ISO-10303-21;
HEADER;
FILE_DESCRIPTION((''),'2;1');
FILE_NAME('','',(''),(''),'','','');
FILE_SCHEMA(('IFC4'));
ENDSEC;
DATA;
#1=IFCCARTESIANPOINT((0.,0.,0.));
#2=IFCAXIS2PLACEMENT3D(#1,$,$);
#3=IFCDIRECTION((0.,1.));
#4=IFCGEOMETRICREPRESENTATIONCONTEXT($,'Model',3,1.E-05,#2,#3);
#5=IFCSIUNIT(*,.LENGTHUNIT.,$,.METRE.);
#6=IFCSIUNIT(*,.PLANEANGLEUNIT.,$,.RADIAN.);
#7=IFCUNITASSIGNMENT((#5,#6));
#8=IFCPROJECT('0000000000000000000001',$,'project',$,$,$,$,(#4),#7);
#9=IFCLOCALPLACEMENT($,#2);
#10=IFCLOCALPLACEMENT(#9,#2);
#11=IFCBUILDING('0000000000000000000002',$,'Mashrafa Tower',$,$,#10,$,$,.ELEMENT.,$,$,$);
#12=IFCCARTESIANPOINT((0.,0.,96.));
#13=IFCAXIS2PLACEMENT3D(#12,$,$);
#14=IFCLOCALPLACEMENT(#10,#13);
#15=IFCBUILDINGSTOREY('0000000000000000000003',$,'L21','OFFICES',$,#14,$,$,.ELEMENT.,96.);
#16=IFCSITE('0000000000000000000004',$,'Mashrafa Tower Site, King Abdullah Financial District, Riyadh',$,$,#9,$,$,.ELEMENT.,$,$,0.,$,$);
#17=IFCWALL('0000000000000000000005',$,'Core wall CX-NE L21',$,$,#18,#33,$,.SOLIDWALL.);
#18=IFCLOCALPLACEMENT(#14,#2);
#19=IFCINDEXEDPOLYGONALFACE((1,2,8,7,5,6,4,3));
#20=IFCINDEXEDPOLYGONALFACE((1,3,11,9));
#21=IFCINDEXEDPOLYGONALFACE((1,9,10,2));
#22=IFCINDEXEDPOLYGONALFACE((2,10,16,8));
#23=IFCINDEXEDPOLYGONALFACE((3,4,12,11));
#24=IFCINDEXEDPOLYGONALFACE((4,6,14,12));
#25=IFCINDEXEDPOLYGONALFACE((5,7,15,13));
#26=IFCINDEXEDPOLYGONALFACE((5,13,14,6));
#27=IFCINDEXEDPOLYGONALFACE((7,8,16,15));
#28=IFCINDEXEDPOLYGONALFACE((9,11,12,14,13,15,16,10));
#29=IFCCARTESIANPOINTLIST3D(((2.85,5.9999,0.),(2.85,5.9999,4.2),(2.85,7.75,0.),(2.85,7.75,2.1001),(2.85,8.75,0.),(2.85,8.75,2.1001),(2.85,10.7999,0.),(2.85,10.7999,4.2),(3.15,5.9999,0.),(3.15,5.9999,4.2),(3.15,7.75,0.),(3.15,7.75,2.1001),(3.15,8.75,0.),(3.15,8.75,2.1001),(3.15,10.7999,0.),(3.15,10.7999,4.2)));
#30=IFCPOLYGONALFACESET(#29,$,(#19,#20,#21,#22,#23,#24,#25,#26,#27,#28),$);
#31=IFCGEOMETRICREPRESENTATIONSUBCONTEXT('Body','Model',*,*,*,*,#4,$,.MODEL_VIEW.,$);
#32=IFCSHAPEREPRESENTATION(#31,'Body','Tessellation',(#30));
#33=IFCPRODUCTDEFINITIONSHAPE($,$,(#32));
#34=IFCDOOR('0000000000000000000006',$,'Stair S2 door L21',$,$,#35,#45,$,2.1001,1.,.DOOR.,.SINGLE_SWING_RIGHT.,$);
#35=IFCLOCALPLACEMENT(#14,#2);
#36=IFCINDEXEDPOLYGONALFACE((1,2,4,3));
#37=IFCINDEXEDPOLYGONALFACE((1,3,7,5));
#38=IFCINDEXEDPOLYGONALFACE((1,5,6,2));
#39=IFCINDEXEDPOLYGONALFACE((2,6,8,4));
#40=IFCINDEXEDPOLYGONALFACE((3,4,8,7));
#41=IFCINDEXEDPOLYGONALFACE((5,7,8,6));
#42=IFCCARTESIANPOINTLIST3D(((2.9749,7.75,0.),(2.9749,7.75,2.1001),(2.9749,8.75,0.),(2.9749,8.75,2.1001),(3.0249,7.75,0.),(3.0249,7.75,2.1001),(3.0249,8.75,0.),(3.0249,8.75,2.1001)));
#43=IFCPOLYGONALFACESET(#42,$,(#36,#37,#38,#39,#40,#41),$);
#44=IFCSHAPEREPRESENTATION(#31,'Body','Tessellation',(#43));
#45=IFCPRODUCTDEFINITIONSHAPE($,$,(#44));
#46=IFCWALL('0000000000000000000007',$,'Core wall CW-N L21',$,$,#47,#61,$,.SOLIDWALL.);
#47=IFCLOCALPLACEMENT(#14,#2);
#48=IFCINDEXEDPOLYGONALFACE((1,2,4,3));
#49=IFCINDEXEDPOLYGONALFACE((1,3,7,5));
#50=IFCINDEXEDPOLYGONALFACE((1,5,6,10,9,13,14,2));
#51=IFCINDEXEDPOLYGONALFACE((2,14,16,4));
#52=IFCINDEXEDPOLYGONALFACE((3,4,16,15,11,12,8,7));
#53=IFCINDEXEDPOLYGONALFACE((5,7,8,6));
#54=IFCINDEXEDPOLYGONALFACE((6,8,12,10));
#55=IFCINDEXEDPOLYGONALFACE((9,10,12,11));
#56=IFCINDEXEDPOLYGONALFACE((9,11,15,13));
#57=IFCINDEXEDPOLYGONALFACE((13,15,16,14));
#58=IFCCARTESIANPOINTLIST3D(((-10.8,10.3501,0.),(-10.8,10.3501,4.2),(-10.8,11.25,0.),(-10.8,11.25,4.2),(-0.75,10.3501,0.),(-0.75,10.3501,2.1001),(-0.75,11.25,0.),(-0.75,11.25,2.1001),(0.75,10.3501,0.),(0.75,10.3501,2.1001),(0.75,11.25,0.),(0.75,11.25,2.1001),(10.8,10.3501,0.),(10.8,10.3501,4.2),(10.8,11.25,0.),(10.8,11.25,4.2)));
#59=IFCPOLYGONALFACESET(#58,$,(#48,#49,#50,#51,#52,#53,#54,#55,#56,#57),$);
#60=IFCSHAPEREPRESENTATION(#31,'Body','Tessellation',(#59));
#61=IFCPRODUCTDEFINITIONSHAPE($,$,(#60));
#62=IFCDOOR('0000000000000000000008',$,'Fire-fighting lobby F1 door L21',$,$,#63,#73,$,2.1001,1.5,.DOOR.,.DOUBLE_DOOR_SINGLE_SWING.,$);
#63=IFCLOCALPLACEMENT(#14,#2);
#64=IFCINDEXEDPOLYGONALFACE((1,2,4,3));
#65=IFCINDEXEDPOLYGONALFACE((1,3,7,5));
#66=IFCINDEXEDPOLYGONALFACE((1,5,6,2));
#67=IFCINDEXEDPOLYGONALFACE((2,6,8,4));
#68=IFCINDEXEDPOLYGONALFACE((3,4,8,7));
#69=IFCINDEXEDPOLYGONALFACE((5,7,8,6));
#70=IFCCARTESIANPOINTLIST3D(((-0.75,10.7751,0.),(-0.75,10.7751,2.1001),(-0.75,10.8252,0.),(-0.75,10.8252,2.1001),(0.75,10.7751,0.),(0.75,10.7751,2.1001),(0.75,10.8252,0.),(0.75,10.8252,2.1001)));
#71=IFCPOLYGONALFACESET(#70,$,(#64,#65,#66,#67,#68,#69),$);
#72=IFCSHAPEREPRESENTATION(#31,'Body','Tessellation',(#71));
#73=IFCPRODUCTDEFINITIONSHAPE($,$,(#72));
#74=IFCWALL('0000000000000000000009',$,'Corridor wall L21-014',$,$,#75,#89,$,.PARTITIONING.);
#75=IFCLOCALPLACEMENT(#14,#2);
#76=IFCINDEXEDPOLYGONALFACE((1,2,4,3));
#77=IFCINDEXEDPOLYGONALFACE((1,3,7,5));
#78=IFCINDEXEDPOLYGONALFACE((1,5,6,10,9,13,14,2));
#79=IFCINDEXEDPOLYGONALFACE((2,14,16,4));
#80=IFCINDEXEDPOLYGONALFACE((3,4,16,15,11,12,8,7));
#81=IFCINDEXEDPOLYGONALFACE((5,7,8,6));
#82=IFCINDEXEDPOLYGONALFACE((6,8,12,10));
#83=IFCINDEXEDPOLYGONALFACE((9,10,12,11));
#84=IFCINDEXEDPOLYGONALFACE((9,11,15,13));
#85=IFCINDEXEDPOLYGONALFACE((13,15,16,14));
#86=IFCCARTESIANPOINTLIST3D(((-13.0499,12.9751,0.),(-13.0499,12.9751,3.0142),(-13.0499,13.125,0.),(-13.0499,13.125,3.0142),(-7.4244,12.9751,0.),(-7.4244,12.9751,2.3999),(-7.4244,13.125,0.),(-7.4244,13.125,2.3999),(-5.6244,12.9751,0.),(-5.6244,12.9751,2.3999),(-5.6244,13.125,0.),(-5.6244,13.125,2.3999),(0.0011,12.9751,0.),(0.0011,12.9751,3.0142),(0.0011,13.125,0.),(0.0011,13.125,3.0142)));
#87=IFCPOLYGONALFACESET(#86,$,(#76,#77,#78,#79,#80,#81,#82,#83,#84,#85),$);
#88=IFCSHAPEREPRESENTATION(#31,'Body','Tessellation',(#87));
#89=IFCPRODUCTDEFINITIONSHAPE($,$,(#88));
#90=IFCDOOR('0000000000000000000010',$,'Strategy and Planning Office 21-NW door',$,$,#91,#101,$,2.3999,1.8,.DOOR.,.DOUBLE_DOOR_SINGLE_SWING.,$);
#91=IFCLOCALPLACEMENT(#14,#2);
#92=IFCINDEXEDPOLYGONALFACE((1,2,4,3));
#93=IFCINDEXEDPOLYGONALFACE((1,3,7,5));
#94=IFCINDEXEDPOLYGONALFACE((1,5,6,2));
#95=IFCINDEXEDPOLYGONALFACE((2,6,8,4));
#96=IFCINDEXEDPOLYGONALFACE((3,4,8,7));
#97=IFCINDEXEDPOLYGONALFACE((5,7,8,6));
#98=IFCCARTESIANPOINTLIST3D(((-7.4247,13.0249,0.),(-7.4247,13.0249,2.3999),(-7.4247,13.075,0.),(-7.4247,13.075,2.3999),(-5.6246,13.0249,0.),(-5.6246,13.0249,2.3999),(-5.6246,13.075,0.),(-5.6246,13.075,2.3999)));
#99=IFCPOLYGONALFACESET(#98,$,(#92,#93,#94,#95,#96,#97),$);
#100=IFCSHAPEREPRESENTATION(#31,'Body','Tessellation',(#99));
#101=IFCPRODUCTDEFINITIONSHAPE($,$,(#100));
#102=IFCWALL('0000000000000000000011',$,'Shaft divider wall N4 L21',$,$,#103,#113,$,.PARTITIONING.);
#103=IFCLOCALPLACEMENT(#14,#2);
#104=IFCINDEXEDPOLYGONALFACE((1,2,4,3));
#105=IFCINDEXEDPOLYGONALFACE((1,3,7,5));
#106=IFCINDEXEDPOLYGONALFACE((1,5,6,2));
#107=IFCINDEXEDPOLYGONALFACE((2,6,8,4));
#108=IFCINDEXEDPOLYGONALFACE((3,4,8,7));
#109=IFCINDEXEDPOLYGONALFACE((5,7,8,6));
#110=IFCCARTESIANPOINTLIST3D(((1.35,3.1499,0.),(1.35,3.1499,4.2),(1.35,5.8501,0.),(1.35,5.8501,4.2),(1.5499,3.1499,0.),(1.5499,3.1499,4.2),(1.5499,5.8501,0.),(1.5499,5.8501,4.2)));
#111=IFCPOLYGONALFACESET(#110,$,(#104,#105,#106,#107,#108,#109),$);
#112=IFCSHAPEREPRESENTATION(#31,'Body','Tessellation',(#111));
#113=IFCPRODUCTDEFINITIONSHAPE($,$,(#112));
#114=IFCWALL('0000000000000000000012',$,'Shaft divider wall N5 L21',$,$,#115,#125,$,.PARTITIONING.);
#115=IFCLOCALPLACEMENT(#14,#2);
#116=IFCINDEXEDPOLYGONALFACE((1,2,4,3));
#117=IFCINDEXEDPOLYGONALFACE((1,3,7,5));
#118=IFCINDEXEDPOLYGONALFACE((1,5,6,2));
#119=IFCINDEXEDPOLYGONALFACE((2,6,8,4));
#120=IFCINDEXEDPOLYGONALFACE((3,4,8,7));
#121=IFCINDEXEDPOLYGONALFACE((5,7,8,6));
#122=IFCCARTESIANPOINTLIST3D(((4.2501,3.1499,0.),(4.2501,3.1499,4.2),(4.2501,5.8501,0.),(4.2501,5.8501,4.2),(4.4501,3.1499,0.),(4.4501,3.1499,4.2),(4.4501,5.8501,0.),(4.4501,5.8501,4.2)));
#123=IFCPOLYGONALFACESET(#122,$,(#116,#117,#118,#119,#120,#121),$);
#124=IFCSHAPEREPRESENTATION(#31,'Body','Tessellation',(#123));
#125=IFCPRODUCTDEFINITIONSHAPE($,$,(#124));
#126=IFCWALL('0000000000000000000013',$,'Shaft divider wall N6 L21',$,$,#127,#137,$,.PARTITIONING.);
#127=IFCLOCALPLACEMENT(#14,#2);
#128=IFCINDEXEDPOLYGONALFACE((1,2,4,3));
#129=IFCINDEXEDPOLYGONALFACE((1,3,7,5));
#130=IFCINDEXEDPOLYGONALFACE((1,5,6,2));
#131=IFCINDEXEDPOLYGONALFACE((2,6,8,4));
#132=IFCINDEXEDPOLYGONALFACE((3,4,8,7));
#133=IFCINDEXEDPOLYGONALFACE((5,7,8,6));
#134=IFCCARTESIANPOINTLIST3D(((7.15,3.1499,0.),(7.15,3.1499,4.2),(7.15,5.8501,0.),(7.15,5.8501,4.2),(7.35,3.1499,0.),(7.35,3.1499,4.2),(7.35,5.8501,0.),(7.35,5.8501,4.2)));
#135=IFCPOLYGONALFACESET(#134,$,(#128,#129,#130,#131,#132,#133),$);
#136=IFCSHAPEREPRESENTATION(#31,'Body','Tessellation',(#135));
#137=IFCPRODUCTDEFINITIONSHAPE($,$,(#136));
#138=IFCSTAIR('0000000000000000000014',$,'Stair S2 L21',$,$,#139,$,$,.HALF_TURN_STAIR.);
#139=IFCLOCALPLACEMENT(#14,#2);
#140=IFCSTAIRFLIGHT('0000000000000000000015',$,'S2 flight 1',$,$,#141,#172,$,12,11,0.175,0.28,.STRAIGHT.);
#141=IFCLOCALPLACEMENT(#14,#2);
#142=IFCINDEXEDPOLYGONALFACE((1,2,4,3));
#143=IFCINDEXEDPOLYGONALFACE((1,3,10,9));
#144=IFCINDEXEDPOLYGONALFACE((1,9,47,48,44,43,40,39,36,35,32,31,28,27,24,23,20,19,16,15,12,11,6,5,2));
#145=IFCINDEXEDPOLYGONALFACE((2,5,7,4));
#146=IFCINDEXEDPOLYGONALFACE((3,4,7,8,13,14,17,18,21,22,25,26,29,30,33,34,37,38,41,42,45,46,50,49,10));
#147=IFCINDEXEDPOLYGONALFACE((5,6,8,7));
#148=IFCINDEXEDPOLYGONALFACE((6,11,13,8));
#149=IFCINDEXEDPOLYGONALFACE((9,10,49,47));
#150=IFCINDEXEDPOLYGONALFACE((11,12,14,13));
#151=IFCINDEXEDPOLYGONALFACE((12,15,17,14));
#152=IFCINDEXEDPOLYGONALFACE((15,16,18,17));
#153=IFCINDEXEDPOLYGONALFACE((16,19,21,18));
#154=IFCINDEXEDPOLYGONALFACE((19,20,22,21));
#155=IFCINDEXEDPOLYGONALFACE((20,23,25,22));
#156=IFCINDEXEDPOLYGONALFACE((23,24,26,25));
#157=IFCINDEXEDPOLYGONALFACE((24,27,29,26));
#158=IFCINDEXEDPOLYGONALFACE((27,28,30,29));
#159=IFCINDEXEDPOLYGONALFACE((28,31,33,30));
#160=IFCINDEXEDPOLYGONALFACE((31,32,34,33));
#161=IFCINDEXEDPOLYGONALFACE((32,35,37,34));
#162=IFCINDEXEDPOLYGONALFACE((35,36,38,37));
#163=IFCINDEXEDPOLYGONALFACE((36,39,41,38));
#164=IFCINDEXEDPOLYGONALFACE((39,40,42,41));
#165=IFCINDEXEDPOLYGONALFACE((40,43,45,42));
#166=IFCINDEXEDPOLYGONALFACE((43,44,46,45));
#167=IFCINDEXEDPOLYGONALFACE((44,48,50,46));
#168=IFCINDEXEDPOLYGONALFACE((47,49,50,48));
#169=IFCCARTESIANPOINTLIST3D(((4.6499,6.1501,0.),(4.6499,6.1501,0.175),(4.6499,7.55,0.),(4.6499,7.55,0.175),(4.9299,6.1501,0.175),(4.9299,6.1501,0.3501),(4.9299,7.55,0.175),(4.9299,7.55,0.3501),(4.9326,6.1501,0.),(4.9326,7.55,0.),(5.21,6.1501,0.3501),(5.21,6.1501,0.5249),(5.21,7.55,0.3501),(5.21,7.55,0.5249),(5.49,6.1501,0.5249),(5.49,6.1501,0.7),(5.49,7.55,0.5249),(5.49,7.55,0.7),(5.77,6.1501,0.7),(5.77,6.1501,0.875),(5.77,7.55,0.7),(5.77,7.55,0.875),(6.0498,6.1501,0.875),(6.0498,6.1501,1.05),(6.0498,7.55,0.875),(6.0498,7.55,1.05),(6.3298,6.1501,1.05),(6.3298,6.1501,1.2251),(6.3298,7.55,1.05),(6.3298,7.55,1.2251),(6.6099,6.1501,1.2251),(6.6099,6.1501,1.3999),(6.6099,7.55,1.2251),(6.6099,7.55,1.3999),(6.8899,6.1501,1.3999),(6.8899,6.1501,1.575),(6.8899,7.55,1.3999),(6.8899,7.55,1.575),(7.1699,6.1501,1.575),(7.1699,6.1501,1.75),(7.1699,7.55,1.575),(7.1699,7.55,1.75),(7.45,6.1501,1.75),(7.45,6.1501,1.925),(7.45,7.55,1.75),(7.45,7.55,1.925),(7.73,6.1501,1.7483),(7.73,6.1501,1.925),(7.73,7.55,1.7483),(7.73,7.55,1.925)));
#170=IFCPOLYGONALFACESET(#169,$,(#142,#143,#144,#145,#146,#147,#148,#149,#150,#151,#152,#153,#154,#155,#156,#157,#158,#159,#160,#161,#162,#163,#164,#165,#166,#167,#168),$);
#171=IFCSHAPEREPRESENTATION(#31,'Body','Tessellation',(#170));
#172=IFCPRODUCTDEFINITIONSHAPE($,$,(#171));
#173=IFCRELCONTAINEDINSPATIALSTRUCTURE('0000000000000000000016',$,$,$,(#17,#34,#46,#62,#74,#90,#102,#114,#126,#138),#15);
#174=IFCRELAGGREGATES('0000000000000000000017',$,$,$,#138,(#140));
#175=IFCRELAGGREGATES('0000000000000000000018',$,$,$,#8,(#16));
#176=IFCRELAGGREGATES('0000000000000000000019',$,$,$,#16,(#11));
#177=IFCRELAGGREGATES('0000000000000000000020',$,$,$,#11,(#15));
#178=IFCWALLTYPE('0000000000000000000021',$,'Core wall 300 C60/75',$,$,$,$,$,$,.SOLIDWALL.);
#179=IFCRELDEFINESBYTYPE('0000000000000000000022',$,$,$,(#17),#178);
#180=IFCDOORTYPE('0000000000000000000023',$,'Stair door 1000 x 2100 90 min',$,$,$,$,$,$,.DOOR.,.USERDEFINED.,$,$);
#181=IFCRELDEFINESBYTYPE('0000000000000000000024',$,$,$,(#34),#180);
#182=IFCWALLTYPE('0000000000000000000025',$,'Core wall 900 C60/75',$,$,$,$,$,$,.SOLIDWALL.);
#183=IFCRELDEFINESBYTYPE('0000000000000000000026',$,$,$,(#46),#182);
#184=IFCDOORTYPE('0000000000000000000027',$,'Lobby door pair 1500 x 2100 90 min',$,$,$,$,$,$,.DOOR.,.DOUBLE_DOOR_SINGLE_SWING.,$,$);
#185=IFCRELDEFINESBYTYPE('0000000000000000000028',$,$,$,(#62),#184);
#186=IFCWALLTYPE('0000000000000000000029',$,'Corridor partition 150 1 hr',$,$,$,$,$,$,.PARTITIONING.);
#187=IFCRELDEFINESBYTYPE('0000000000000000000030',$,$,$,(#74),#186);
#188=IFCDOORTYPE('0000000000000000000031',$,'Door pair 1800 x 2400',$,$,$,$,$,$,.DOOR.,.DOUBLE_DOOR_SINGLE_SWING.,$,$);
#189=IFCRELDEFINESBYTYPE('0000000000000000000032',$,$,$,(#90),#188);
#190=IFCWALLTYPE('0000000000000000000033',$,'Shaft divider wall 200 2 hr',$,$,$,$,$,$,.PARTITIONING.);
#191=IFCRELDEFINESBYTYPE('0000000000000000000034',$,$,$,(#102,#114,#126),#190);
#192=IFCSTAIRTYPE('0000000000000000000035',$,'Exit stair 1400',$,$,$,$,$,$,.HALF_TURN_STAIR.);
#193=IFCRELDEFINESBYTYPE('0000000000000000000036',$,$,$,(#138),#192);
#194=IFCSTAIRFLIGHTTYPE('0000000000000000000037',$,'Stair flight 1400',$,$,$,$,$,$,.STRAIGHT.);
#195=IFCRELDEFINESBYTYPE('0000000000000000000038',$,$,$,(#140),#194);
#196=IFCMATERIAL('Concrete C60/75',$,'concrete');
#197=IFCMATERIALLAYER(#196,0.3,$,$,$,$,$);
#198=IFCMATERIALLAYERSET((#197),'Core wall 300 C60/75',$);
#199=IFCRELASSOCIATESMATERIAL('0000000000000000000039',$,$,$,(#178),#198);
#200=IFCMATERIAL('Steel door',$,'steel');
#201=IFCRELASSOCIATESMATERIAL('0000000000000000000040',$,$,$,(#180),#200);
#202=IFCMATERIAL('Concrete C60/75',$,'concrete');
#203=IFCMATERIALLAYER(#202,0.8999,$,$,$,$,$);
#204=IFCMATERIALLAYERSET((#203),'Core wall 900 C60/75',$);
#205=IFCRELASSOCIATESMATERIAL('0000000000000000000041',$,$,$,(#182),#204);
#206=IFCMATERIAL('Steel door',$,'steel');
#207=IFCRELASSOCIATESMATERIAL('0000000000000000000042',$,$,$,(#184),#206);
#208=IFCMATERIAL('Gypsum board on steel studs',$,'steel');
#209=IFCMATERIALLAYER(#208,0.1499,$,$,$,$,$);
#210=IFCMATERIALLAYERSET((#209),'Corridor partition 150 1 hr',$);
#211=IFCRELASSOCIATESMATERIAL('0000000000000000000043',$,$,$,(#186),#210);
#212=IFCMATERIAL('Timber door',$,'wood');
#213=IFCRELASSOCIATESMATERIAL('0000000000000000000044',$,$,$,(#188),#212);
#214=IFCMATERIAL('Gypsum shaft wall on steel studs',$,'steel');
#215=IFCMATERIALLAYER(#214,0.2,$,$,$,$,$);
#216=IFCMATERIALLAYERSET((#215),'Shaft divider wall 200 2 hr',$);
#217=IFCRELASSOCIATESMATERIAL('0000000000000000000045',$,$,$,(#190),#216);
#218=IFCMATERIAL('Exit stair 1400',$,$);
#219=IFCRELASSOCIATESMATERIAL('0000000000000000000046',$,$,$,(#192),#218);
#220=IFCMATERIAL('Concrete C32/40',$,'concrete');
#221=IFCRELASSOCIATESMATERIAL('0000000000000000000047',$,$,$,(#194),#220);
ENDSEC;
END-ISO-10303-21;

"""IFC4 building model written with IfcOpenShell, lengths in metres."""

from ifc_helpers import new_model, si_unit, direction, frame, frame_2d, origin, place, context, subcontext, project, spatial, polyline, rectangle, outline, extrude, material, layer, layer_set, type_object, element, fill, aggregate, save


model = new_model("IFC4")

# Units and contexts
model_context = context("Model", 3, precision=1e-05, world=origin(), true_north=direction((0.0, 1.0)))
body_context = subcontext(model_context, "Body", "Model", "MODEL_VIEW")
ifc_project = project(units=[si_unit("LENGTHUNIT", "METRE"), si_unit("PLANEANGLEUNIT", "RADIAN")], contexts=[model_context])

# Site, building, storey
site_placement = place(None, origin())
site = spatial("IfcSite", under=ifc_project, at=site_placement, Name="Mashrafa Tower Site, King Abdullah Financial District, Riyadh", CompositionType="ELEMENT", RefElevation=0.0)
building_placement = place(site_placement, origin())
building = spatial("IfcBuilding", under=site, at=building_placement, Name="Mashrafa Tower", CompositionType="ELEMENT")
storey_placement = place(building_placement, frame((0.0, 0.0, 96.0)))
storey = spatial("IfcBuildingStorey", under=building, at=storey_placement, Name="L21", Description="OFFICES", CompositionType="ELEMENT", Elevation=96.0)

# Walls, openings, doors
ifc_material_1 = material(Name="Concrete C60/75", Category="concrete")
ifc_layer_1 = layer(ifc_material_1, 0.3)
ifc_layer_set_1 = layer_set([ifc_layer_1], Name="Core wall 300 C60/75")
wall_type_1 = type_object("IfcWallType", Name="Core wall 300 C60/75", PredefinedType="SOLIDWALL", material=ifc_layer_set_1)
wall_1_placement = place(storey_placement, frame((3.0, 6.0, 0.0), z_axis=(0.0, 0.0, 1.0), x_axis=(0.0, 1.0, 0.0)))
wall_1 = element("IfcWall", 1, at=wall_1_placement, inside=storey, type_object=wall_type_1, Name="Core wall CX-NE L21", PredefinedType="SOLIDWALL", context=body_context, shape_type="SweptSolid", body=[
    extrude(rectangle(XDim=4.8, YDim=0.3, at=frame_2d((2.3999, 0.0))), origin(), (0.0, 0.0, 1.0), 4.2),
])
opening_1_placement = place(wall_1_placement, frame((1.75, 0.0, 0.0)))
opening_1 = element("IfcOpeningElement", 2, at=opening_1_placement, cuts=wall_1, PredefinedType="OPENING", context=body_context, shape_type="SweptSolid", body=[
    extrude(rectangle(XDim=1.0, YDim=2.1001, at=frame_2d((0.5, 1.05))), frame((0.0, 0.1599, 0.0), z_axis=(0.0, -1.0, 0.0), x_axis=(1.0, 0.0, 0.0)), (0.0, 0.0, 1.0), 0.3201),
])
ifc_material_2 = material(Name="Steel door", Category="steel")
door_type_1 = type_object("IfcDoorType", Name="Stair door 1000 x 2100 90 min", OperationType="USERDEFINED", PredefinedType="DOOR", material=ifc_material_2)
door_1_placement = place(opening_1_placement, frame((1.0, 0.0, 0.0), z_axis=(0.0, 0.0, 1.0), x_axis=(-1.0, 0.0, 0.0)))
door_1 = element("IfcDoor", 3, at=door_1_placement, inside=storey, type_object=door_type_1, Name="Stair S2 door L21", OperationType="SINGLE_SWING_RIGHT", OverallHeight=2.1001, OverallWidth=1.0, PredefinedType="DOOR", context=body_context, shape_type="SweptSolid", body=[
    extrude(rectangle(XDim=1.0, YDim=2.1001, at=frame_2d((0.5, 1.05))), frame((0.0, 0.0249, 0.0), z_axis=(0.0, -1.0, 0.0), x_axis=(1.0, 0.0, 0.0)), (0.0, 0.0, 1.0), 0.05),
])
fill(opening_1, door_1)
ifc_material_3 = material(Name="Concrete C60/75", Category="concrete")
ifc_layer_2 = layer(ifc_material_3, 0.8999)
ifc_layer_set_2 = layer_set([ifc_layer_2], Name="Core wall 900 C60/75")
wall_type_2 = type_object("IfcWallType", Name="Core wall 900 C60/75", PredefinedType="SOLIDWALL", material=ifc_layer_set_2)
wall_2_placement = place(storey_placement, frame((10.8, 10.8, 0.0), z_axis=(0.0, 0.0, 1.0), x_axis=(-1.0, 0.0, 0.0)))
wall_2 = element("IfcWall", 4, at=wall_2_placement, inside=storey, type_object=wall_type_2, Name="Core wall CW-N L21", PredefinedType="SOLIDWALL", context=body_context, shape_type="SweptSolid", body=[
    extrude(rectangle(XDim=21.6001, YDim=0.8999, at=frame_2d((10.8, 0.0))), origin(), (0.0, 0.0, 1.0), 4.2),
])
opening_2_placement = place(wall_2_placement, frame((10.05, 0.0, 0.0)))
opening_2 = element("IfcOpeningElement", 5, at=opening_2_placement, cuts=wall_2, PredefinedType="OPENING", context=body_context, shape_type="SweptSolid", body=[
    extrude(rectangle(XDim=1.5, YDim=2.1001, at=frame_2d((0.75, 1.05))), frame((0.0, 0.46, 0.0), z_axis=(0.0, -1.0, 0.0), x_axis=(1.0, 0.0, 0.0)), (0.0, 0.0, 1.0), 0.9199),
])
ifc_material_4 = material(Name="Steel door", Category="steel")
door_type_2 = type_object("IfcDoorType", Name="Lobby door pair 1500 x 2100 90 min", OperationType="DOUBLE_DOOR_SINGLE_SWING", PredefinedType="DOOR", material=ifc_material_4)
door_2_placement = place(opening_2_placement, origin())
door_2 = element("IfcDoor", 6, at=door_2_placement, inside=storey, type_object=door_type_2, Name="Fire-fighting lobby F1 door L21", OperationType="DOUBLE_DOOR_SINGLE_SWING", OverallHeight=2.1001, OverallWidth=1.5, PredefinedType="DOOR", context=body_context, shape_type="SweptSolid", body=[
    extrude(rectangle(XDim=1.5, YDim=2.1001, at=frame_2d((0.75, 1.05))), frame((0.0, 0.0249, 0.0), z_axis=(0.0, -1.0, 0.0), x_axis=(1.0, 0.0, 0.0)), (0.0, 0.0, 1.0), 0.05),
])
fill(opening_2, door_2)
ifc_material_5 = material(Name="Gypsum board on steel studs", Category="steel")
ifc_layer_3 = layer(ifc_material_5, 0.1499)
ifc_layer_set_3 = layer_set([ifc_layer_3], Name="Corridor partition 150 1 hr")
wall_type_3 = type_object("IfcWallType", Name="Corridor partition 150 1 hr", PredefinedType="PARTITIONING", material=ifc_layer_set_3)
wall_3_placement = place(storey_placement, frame((0.001, 13.05, 0.0), z_axis=(0.0, 0.0, 1.0), x_axis=(-1.0, 0.0, 0.0)))
wall_3 = element("IfcWall", 7, at=wall_3_placement, inside=storey, type_object=wall_type_3, Name="Corridor wall L21-014", PredefinedType="PARTITIONING", context=body_context, shape_type="SweptSolid", body=[
    extrude(rectangle(XDim=13.051, YDim=0.1499, at=frame_2d((6.5254, 0.0))), origin(), (0.0, 0.0, 1.0), 3.0142),
])
opening_3_placement = place(wall_3_placement, frame((5.6255, 0.0, 0.0)))
opening_3 = element("IfcOpeningElement", 8, at=opening_3_placement, cuts=wall_3, PredefinedType="OPENING", context=body_context, shape_type="SweptSolid", body=[
    extrude(rectangle(XDim=1.8, YDim=2.3999, at=frame_2d((0.8999, 1.2))), frame((0.0, 0.085, 0.0), z_axis=(0.0, -1.0, 0.0), x_axis=(1.0, 0.0, 0.0)), (0.0, 0.0, 1.0), 0.1699),
])
ifc_material_6 = material(Name="Timber door", Category="wood")
door_type_3 = type_object("IfcDoorType", Name="Door pair 1800 x 2400", OperationType="DOUBLE_DOOR_SINGLE_SWING", PredefinedType="DOOR", material=ifc_material_6)
door_3_placement = place(opening_3_placement, frame((1.8, 0.0, 0.0), z_axis=(0.0, 0.0, 1.0), x_axis=(-1.0, 0.0, 0.0)))
door_3 = element("IfcDoor", 9, at=door_3_placement, inside=storey, type_object=door_type_3, Name="Strategy and Planning Office 21-NW door", OperationType="DOUBLE_DOOR_SINGLE_SWING", OverallHeight=2.3999, OverallWidth=1.8, PredefinedType="DOOR", context=body_context, shape_type="SweptSolid", body=[
    extrude(rectangle(XDim=1.8, YDim=2.3999, at=frame_2d((0.8999, 1.2))), frame((0.0, 0.0249, 0.0), z_axis=(0.0, -1.0, 0.0), x_axis=(1.0, 0.0, 0.0)), (0.0, 0.0, 1.0), 0.05),
])
fill(opening_3, door_3)

# Walls
ifc_material_7 = material(Name="Gypsum shaft wall on steel studs", Category="steel")
ifc_layer_4 = layer(ifc_material_7, 0.2)
ifc_layer_set_4 = layer_set([ifc_layer_4], Name="Shaft divider wall 200 2 hr")
wall_type_4 = type_object("IfcWallType", Name="Shaft divider wall 200 2 hr", PredefinedType="PARTITIONING", material=ifc_layer_set_4)
for number, where, z_axis, x_axis, name in (
    (10, (1.45, 3.1499, 0.0), (0.0, 0.0, 1.0), (0.0, 1.0, 0.0), "Shaft divider wall N4 L21"),
    (11, (4.3501, 3.1499, 0.0), (0.0, 0.0, 1.0), (0.0, 1.0, 0.0), "Shaft divider wall N5 L21"),
    (12, (7.25, 3.1499, 0.0), (0.0, 0.0, 1.0), (0.0, 1.0, 0.0), "Shaft divider wall N6 L21"),
):
    element("IfcWall", number, at=place(storey_placement, frame(where, z_axis=z_axis, x_axis=x_axis)), inside=storey, type_object=wall_type_4, Name=name, PredefinedType="PARTITIONING", context=body_context, shape_type="SweptSolid", body=[
        extrude(rectangle(XDim=2.7002, YDim=0.2, at=frame_2d((1.3501, 0.0))), origin(), (0.0, 0.0, 1.0), 4.2),
    ])

# Stair, stair flight
ifc_material_8 = material(Name="Exit stair 1400")
stair_type = type_object("IfcStairType", Name="Exit stair 1400", PredefinedType="HALF_TURN_STAIR", material=ifc_material_8)
stair_placement = place(storey_placement, origin())
stair = element("IfcStair", 13, at=stair_placement, inside=storey, type_object=stair_type, Name="Stair S2 L21", PredefinedType="HALF_TURN_STAIR")
ifc_material_9 = material(Name="Concrete C32/40", Category="concrete")
stair_flight_type = type_object("IfcStairFlightType", Name="Stair flight 1400", PredefinedType="STRAIGHT", material=ifc_material_9)
stair_flight_1_placement = place(storey_placement, frame((4.6499, 6.8501, 0.0), z_axis=(0.0, 0.0, 1.0), x_axis=(1.0, 0.0, 0.0)))
stair_flight_1 = element("IfcStairFlight", 14, at=stair_flight_1_placement, type_object=stair_flight_type, Name="S2 flight 1", NumberOfRisers=12, NumberOfTreads=11, PredefinedType="STRAIGHT", RiserHeight=0.175, TreadLength=0.28, context=body_context, shape_type="SweptSolid", body=[
    extrude(outline(polyline([(0.0, 0.0), (0.0, 0.175), (0.28, 0.175), (0.28, 0.3501), (0.5601, 0.3501), (0.5601, 0.5249), (0.8401, 0.5249), (0.8401, 0.7), (1.1201, 0.7), (1.1201, 0.875), (1.3999, 0.875), (1.3999, 1.05), (1.6799, 1.05), (1.6799, 1.2251), (1.96, 1.2251), (1.96, 1.3999), (2.24, 1.3999), (2.24, 1.575), (2.52, 1.575), (2.52, 1.75), (2.8, 1.75), (2.8, 1.925), (3.0801, 1.925), (3.0801, 2.1001), (3.0801, 1.7483), (0.2827, 0.0), (0.0, 0.0)])), frame((0.0, 0.7, 0.0), z_axis=(0.0, -1.0, 0.0), x_axis=(1.0, 0.0, 0.0)), (0.0, 0.0, 1.0), 1.3999),
])
aggregate(stair, [stair_flight_1])

save(model, "model.ifc")
